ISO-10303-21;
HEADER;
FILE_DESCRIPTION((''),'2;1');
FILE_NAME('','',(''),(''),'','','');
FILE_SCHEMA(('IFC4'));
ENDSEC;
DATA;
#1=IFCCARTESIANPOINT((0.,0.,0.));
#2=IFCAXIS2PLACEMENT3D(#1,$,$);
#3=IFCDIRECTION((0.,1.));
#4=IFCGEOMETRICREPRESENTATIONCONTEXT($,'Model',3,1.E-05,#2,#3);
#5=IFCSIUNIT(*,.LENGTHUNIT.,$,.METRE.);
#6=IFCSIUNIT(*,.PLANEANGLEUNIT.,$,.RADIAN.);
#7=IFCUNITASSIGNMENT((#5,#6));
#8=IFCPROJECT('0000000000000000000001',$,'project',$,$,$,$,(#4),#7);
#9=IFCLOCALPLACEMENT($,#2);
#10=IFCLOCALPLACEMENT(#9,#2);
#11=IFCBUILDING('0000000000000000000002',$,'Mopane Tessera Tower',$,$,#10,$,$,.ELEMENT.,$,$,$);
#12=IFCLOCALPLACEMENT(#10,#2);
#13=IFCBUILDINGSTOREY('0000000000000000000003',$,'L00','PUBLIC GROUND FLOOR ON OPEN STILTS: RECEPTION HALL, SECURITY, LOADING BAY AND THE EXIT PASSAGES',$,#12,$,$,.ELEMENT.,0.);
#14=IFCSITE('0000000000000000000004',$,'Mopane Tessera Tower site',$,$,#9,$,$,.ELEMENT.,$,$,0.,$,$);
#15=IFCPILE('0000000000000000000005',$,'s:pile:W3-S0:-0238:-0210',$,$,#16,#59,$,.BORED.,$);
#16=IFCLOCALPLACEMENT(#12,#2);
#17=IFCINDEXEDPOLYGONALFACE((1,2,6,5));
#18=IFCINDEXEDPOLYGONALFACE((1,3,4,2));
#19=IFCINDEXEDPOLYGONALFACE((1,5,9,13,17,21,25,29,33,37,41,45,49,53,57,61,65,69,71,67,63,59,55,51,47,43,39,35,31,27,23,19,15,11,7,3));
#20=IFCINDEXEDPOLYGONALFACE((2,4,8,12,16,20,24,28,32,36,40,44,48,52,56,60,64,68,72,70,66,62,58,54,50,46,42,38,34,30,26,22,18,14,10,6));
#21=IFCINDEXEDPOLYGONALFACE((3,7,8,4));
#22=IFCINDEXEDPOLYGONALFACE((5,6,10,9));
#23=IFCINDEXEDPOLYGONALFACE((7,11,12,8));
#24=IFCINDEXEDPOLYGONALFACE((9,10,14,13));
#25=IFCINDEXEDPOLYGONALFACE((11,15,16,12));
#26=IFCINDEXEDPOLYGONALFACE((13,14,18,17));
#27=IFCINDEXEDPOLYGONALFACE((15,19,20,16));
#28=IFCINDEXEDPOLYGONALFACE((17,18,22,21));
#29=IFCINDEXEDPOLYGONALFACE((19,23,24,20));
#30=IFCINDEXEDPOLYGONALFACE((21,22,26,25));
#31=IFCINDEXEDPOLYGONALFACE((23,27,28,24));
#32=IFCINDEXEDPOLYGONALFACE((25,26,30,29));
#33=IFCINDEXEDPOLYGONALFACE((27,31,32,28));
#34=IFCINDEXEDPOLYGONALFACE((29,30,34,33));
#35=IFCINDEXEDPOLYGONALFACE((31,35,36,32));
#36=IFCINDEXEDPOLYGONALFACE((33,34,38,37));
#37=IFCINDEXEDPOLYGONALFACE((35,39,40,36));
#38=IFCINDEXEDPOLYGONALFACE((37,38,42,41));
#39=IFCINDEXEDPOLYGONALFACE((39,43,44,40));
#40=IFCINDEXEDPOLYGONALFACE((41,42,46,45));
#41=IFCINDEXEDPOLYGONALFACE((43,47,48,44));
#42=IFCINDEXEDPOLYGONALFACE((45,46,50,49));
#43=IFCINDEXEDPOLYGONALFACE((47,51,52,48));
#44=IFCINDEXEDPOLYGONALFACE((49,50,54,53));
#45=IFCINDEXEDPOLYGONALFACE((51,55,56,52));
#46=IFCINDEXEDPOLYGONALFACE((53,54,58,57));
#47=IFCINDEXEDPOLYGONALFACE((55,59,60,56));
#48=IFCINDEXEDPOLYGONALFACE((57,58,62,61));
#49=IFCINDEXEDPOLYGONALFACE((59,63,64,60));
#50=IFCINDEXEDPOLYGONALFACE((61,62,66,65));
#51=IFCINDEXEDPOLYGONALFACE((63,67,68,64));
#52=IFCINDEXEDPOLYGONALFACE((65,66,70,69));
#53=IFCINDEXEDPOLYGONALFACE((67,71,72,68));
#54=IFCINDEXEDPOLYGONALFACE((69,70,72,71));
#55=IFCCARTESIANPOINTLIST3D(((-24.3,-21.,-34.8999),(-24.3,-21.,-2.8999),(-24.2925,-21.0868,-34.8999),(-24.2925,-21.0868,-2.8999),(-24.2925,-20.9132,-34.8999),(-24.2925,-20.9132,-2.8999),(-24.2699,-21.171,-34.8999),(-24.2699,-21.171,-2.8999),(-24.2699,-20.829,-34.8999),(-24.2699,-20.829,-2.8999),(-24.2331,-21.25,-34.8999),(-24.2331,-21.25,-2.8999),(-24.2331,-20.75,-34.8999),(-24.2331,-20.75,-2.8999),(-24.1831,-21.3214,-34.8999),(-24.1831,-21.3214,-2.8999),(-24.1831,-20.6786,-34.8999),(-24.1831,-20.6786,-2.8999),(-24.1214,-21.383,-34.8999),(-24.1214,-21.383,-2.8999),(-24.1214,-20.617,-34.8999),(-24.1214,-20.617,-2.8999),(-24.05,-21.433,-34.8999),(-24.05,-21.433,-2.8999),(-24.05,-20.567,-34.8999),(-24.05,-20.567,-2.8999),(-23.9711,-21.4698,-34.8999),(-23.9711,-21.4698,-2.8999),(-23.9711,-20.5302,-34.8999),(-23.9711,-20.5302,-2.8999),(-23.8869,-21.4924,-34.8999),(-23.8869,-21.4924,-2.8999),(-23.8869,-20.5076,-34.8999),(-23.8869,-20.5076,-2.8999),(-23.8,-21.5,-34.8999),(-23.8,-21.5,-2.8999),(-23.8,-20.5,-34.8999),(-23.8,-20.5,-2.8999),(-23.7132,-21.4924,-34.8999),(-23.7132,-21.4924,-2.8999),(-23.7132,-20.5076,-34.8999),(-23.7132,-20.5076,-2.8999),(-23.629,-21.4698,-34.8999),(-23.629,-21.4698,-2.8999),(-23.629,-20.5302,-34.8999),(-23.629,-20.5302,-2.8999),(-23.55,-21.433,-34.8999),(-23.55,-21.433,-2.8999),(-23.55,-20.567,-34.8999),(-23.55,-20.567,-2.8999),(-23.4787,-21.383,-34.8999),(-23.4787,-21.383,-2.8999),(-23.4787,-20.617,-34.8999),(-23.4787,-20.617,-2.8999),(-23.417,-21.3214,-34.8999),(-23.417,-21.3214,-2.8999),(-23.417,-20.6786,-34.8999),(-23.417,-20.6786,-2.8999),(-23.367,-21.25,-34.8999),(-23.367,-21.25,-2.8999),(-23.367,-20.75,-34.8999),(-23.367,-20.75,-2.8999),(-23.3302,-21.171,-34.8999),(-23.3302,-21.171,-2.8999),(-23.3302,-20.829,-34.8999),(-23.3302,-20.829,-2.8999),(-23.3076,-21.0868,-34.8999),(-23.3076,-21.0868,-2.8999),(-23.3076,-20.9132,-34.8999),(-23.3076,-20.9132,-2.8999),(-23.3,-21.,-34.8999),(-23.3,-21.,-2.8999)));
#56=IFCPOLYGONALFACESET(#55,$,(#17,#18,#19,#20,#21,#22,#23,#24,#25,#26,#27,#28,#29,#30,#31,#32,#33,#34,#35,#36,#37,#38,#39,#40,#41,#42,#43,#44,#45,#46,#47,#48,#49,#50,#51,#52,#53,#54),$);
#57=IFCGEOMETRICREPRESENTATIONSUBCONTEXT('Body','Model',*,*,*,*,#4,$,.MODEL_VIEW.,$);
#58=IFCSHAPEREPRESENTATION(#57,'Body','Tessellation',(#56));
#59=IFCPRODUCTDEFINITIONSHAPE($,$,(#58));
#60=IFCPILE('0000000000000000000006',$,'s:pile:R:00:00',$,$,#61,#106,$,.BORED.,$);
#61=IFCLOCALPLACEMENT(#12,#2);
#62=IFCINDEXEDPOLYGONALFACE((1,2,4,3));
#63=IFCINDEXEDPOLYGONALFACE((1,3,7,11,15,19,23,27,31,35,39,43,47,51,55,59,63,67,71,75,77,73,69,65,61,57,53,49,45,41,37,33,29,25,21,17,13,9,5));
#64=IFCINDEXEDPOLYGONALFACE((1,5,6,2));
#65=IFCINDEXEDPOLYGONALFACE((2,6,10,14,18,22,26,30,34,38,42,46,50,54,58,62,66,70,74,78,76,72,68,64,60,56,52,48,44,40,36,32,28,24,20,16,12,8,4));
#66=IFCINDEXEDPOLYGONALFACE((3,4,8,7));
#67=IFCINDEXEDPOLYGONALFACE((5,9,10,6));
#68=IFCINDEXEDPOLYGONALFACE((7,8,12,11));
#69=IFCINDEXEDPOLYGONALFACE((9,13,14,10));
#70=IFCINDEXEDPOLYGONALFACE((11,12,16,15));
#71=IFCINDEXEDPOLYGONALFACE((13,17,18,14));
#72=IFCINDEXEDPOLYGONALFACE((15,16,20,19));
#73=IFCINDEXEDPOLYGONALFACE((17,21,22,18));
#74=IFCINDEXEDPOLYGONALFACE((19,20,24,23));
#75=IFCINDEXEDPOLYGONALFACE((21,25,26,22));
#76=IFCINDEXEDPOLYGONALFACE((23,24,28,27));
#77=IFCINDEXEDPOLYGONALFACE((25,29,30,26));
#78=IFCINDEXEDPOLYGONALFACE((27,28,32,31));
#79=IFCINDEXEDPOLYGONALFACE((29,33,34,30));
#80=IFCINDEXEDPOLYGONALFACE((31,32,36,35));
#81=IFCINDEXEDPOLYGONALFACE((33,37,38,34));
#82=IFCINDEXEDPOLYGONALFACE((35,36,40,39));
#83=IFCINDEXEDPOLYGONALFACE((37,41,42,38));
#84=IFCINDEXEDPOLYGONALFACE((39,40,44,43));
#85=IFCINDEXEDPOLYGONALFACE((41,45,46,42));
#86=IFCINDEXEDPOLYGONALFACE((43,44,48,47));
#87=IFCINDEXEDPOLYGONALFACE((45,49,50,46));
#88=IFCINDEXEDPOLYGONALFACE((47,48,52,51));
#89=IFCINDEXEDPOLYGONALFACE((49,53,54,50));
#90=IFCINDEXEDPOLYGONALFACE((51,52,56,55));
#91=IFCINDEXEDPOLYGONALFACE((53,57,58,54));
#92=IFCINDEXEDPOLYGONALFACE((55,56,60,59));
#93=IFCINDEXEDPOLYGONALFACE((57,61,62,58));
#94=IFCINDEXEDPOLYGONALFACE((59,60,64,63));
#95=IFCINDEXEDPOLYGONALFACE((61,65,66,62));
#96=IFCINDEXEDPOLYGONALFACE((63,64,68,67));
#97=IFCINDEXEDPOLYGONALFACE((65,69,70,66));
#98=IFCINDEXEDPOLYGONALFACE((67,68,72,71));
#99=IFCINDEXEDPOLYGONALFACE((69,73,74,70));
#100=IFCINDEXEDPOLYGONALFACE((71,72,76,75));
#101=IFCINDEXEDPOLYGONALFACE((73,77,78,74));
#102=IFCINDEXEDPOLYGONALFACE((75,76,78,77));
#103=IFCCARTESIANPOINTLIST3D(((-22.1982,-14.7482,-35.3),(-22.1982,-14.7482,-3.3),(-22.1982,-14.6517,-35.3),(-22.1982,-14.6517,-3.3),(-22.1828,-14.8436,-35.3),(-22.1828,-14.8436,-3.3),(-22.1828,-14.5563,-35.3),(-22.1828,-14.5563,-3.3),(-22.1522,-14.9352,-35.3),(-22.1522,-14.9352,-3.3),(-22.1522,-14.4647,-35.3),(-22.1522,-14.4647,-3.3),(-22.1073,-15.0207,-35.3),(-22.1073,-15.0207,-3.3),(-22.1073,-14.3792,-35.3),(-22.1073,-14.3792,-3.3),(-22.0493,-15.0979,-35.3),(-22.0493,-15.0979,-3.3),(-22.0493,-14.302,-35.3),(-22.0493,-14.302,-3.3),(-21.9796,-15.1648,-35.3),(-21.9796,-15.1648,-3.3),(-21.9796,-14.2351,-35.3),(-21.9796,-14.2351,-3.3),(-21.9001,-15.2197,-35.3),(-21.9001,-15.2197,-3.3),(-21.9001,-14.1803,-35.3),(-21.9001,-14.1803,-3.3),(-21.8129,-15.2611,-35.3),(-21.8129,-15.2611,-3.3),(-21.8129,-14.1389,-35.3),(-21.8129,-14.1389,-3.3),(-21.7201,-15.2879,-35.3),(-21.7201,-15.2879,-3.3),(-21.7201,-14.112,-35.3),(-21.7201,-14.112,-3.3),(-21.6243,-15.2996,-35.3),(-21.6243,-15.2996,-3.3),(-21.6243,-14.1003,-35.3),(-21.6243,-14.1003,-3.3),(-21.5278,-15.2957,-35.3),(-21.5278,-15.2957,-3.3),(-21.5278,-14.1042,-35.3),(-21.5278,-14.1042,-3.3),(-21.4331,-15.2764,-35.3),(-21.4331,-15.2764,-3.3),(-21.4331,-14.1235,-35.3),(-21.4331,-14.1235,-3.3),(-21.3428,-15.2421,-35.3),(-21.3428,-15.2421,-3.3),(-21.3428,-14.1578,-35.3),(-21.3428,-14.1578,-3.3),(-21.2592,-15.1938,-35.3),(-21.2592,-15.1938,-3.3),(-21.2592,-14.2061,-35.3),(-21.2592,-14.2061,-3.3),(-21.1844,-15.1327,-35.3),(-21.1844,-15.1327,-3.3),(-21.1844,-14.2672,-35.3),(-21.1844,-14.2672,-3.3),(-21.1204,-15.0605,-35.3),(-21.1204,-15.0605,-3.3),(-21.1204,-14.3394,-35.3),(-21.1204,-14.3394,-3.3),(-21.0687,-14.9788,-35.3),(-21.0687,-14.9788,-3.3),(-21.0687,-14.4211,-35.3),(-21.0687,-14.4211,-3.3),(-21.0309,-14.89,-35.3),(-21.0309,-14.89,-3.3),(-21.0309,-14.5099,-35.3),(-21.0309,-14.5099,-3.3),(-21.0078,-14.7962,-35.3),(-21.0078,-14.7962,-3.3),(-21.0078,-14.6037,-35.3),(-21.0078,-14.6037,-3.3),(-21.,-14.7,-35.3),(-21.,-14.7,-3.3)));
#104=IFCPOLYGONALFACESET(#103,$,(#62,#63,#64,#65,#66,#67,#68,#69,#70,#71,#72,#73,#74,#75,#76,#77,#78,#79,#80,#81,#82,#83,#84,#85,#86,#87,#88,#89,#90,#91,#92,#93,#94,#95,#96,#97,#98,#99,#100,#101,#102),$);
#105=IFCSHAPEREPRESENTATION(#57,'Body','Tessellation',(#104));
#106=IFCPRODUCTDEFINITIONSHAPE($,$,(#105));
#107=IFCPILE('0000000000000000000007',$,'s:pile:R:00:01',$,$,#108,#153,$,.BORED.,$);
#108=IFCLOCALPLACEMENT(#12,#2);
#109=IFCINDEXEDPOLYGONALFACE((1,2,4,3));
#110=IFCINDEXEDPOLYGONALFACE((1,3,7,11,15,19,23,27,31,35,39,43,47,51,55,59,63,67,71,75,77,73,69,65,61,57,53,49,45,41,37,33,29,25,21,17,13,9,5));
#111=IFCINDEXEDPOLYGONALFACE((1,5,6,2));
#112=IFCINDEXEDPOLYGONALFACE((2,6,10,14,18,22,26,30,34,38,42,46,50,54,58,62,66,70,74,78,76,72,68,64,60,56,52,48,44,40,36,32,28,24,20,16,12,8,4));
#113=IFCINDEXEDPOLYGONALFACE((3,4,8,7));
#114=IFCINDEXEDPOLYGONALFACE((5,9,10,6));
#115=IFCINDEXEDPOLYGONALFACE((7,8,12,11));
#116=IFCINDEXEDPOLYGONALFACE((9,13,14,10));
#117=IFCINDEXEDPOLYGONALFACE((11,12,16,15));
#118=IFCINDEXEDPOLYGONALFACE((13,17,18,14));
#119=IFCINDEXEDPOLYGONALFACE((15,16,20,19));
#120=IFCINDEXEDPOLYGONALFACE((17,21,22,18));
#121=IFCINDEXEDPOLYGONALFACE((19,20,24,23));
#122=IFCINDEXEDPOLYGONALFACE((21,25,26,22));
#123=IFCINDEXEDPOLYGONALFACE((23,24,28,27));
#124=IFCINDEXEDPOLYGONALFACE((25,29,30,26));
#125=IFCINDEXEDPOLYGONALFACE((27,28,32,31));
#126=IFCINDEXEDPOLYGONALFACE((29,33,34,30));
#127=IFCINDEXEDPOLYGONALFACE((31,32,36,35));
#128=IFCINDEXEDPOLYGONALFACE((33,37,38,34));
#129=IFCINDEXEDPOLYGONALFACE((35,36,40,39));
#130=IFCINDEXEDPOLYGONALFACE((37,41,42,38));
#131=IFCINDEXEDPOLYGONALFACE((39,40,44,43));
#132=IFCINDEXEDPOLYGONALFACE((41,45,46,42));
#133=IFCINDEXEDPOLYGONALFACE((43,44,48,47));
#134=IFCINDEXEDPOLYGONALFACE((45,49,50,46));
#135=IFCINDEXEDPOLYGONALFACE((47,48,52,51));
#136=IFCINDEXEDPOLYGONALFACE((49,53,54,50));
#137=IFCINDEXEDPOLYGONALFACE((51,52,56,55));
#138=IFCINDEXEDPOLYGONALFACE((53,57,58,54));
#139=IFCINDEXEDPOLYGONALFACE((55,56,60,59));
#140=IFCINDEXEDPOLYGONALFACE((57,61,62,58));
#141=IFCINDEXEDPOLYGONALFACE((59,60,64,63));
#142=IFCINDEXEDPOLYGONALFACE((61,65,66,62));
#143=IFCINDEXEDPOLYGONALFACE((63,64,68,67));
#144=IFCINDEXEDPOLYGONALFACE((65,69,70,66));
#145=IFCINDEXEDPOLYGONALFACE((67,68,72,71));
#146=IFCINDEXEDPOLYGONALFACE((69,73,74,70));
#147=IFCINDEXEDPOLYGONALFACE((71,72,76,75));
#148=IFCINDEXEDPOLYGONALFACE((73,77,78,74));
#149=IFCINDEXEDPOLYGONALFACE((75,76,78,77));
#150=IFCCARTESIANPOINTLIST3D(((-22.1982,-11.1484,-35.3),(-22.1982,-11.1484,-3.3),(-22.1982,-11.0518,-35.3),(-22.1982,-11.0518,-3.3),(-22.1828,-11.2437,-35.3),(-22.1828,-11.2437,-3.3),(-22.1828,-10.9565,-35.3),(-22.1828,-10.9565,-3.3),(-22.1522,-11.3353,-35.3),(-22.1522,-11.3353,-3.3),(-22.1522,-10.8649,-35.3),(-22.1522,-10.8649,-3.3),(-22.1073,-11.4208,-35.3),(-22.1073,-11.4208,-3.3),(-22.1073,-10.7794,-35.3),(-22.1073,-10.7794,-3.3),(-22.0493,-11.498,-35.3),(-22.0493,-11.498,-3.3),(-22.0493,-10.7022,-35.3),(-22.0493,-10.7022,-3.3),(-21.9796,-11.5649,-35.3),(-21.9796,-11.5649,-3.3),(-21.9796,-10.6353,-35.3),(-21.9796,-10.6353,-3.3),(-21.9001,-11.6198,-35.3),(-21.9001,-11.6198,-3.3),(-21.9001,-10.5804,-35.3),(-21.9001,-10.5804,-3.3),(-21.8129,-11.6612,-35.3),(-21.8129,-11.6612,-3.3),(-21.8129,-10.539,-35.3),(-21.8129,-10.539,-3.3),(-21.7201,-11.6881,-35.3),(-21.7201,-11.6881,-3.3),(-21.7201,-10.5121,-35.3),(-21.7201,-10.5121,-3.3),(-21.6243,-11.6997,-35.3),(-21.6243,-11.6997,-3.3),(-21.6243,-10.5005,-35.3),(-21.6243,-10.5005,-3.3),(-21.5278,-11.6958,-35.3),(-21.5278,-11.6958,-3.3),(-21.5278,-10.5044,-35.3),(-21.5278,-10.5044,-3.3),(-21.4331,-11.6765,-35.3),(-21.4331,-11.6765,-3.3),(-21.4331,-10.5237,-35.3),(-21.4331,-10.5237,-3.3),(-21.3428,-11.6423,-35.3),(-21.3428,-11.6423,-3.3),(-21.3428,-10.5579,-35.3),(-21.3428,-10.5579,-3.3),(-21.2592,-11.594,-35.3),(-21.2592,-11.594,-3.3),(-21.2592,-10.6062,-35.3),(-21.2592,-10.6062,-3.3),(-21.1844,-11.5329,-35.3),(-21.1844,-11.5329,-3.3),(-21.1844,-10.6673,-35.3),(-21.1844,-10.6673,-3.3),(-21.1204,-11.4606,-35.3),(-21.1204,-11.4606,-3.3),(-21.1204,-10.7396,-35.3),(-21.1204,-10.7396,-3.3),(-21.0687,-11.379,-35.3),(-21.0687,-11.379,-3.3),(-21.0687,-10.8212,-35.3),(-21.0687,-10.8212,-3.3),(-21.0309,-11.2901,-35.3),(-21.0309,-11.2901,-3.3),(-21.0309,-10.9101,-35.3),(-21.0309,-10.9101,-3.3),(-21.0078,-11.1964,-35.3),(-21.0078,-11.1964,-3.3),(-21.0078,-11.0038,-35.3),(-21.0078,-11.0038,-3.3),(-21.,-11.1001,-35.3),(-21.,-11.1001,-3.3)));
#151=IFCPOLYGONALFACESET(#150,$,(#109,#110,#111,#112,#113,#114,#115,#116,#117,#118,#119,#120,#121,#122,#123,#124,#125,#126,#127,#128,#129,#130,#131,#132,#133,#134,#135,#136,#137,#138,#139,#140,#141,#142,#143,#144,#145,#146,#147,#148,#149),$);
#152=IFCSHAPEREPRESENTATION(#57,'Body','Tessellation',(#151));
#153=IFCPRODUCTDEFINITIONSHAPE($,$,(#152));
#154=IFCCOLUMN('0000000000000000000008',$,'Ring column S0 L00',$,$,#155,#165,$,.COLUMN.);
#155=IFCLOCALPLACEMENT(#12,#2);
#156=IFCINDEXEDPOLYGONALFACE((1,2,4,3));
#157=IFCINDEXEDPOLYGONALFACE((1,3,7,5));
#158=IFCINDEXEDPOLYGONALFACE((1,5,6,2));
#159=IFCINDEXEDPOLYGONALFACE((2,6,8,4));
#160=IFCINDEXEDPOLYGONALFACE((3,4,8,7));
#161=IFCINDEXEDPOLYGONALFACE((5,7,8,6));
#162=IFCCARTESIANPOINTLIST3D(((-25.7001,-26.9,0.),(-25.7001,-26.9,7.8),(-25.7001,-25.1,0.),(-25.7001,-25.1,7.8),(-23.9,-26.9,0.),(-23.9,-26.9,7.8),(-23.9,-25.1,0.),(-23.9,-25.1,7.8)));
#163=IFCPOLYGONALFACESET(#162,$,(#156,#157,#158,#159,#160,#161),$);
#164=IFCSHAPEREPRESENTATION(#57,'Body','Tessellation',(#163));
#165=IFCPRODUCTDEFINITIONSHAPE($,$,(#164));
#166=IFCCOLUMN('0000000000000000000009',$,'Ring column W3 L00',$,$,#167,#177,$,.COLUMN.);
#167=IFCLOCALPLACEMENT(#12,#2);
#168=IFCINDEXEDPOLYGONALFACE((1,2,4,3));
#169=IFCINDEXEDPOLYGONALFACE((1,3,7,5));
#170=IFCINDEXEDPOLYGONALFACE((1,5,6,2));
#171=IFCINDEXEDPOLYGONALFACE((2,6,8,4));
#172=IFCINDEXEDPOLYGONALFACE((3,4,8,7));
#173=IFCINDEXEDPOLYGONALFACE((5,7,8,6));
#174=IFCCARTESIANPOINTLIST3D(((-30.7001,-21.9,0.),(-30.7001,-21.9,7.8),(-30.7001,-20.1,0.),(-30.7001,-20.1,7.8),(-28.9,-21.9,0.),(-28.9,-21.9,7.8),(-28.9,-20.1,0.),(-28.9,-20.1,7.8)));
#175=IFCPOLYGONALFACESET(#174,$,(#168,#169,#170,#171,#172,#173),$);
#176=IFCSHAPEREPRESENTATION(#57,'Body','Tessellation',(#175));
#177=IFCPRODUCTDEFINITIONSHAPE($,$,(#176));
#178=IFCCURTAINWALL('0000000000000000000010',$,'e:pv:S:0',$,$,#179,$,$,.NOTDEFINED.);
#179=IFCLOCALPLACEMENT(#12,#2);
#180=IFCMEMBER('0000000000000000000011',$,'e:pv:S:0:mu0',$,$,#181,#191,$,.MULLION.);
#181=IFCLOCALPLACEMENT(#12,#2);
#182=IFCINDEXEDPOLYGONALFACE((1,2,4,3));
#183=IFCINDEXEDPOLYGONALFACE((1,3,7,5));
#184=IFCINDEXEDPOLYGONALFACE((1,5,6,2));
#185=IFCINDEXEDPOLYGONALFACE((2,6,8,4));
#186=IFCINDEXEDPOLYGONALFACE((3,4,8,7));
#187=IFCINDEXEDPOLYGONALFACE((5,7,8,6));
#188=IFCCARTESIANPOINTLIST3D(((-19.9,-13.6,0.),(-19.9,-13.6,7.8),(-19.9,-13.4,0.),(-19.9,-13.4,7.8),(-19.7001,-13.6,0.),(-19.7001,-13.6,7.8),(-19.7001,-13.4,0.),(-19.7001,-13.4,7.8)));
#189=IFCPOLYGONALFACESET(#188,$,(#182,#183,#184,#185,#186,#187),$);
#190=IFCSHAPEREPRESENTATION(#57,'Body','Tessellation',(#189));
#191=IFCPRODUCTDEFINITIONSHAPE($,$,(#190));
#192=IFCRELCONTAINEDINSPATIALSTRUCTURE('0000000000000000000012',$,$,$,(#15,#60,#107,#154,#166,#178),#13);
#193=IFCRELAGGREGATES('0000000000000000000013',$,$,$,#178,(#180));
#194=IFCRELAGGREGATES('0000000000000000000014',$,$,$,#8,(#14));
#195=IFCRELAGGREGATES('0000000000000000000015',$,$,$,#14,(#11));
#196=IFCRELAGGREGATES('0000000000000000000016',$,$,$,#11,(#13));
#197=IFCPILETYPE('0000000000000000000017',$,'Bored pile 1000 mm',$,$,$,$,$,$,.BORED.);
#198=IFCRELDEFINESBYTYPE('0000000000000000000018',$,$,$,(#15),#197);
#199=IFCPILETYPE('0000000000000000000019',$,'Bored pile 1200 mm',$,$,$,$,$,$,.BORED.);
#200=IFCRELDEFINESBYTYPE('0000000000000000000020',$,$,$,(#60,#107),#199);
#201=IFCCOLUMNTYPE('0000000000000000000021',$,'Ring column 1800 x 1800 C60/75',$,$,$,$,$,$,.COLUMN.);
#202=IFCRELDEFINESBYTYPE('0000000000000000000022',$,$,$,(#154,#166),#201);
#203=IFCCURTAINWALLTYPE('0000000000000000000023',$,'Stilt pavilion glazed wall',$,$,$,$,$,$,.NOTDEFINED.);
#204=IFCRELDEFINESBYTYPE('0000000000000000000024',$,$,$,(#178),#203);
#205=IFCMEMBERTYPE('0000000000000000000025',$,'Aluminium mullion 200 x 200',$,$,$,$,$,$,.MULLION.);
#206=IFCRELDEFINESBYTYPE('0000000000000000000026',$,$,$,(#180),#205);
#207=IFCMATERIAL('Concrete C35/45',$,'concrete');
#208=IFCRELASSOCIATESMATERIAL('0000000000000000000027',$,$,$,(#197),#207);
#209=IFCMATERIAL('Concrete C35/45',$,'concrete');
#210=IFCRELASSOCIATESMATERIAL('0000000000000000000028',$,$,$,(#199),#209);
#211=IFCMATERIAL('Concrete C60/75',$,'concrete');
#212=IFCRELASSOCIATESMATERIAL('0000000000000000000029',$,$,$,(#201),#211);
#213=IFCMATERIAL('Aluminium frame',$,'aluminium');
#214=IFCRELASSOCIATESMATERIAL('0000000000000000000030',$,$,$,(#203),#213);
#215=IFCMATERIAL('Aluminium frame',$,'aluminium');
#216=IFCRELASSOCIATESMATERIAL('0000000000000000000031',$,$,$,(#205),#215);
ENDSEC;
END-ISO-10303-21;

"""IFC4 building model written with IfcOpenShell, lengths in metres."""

from ifc_helpers import new_model, si_unit, direction, frame, origin, origin_2d, place, context, subcontext, project, spatial, rectangle, circle, extrude, material, material_profile, profile_set, type_object, element, aggregate, save


model = new_model("IFC4")

# Units and contexts
model_context = context("Model", 3, precision=1e-05, world=origin(), true_north=direction((0.0, 1.0)))
body_context = subcontext(model_context, "Body", "Model", "MODEL_VIEW")
ifc_project = project(units=[si_unit("LENGTHUNIT", "METRE"), si_unit("PLANEANGLEUNIT", "RADIAN")], contexts=[model_context])

# Site, building, storey
site_placement = place(None, origin())
site = spatial("IfcSite", under=ifc_project, at=site_placement, Name="Mopane Tessera Tower site", CompositionType="ELEMENT", RefElevation=0.0)
building_placement = place(site_placement, origin())
building = spatial("IfcBuilding", under=site, at=building_placement, Name="Mopane Tessera Tower", CompositionType="ELEMENT")
storey_placement = place(building_placement, origin())
storey = spatial("IfcBuildingStorey", under=building, at=storey_placement, Name="L00", Description="PUBLIC GROUND FLOOR ON OPEN STILTS: RECEPTION HALL, SECURITY, LOADING BAY AND THE EXIT PASSAGES", CompositionType="ELEMENT", Elevation=0.0)

# Piles
ifc_material_1 = material(Name="Concrete C35/45", Category="concrete")
ifc_material_profile_1 = material_profile(ifc_material_1, circle(Radius=0.5, at=origin_2d()))
ifc_profile_set_1 = profile_set([ifc_material_profile_1], Name="Concrete C35/45")
pile_type_1 = type_object("IfcPileType", Name="Bored pile 1000 mm", PredefinedType="BORED", material=ifc_profile_set_1)
for number, where, z_axis, x_axis, name in (
    (1, (-23.8, -21.0, -2.8999), (0.0, 0.0, -1.0), (1.0, 0.0, 0.0), "s:pile:W3-S0:-0238:-0210"),
):
    element("IfcPile", number, at=place(storey_placement, frame(where, z_axis=z_axis, x_axis=x_axis)), inside=storey, type_object=pile_type_1, Name=name, PredefinedType="BORED", context=body_context, shape_type="SweptSolid", body=[
        extrude(circle(Radius=0.5, at=origin_2d()), origin(), (0.0, 0.0, 1.0), 32.0),
    ])
ifc_material_2 = material(Name="Concrete C35/45", Category="concrete")
ifc_material_profile_2 = material_profile(ifc_material_2, circle(Radius=0.6001, at=origin_2d()))
ifc_profile_set_2 = profile_set([ifc_material_profile_2], Name="Concrete C35/45")
pile_type_2 = type_object("IfcPileType", Name="Bored pile 1200 mm", PredefinedType="BORED", material=ifc_profile_set_2)
for number, where, z_axis, x_axis, name in (
    (2, (-21.6001, -14.7, -3.3), (0.0, 0.0, -1.0), (1.0, 0.0, 0.0), "s:pile:R:00:00"),
    (3, (-21.6001, -11.1001, -3.3), (0.0, 0.0, -1.0), (1.0, 0.0, 0.0), "s:pile:R:00:01"),
):
    element("IfcPile", number, at=place(storey_placement, frame(where, z_axis=z_axis, x_axis=x_axis)), inside=storey, type_object=pile_type_2, Name=name, PredefinedType="BORED", context=body_context, shape_type="SweptSolid", body=[
        extrude(circle(Radius=0.6001, at=origin_2d()), origin(), (0.0, 0.0, 1.0), 32.0),
    ])

# Columns
ifc_material_3 = material(Name="Concrete C60/75", Category="concrete")
ifc_material_profile_3 = material_profile(ifc_material_3, rectangle(XDim=1.8, YDim=1.8, at=origin_2d()))
ifc_profile_set_3 = profile_set([ifc_material_profile_3], Name="Concrete C60/75")
column_type = type_object("IfcColumnType", Name="Ring column 1800 x 1800 C60/75", PredefinedType="COLUMN", material=ifc_profile_set_3)
for number, where, z_axis, x_axis, name in (
    (4, (-24.8, -26.0, 0.0), (0.0, 0.0, 1.0), (1.0, 0.0, 0.0), "Ring column S0 L00"),
    (5, (-29.8, -21.0, 0.0), (0.0, 0.0, 1.0), (1.0, 0.0, 0.0), "Ring column W3 L00"),
):
    element("IfcColumn", number, at=place(storey_placement, frame(where, z_axis=z_axis, x_axis=x_axis)), inside=storey, type_object=column_type, Name=name, PredefinedType="COLUMN", context=body_context, shape_type="SweptSolid", body=[
        extrude(rectangle(XDim=1.8, YDim=1.8, at=origin_2d()), origin(), (0.0, 0.0, 1.0), 7.8),
    ])

# Curtain wall, member
ifc_material_4 = material(Name="Aluminium frame", Category="aluminium")
curtain_wall_type = type_object("IfcCurtainWallType", Name="Stilt pavilion glazed wall", PredefinedType="NOTDEFINED", material=ifc_material_4)
curtain_wall_placement = place(storey_placement, origin())
curtain_wall = element("IfcCurtainWall", 6, at=curtain_wall_placement, inside=storey, type_object=curtain_wall_type, Name="e:pv:S:0", PredefinedType="NOTDEFINED")
ifc_material_5 = material(Name="Aluminium frame", Category="aluminium")
ifc_material_profile_4 = material_profile(ifc_material_5, rectangle(XDim=0.2, YDim=0.2, at=origin_2d()))
ifc_profile_set_4 = profile_set([ifc_material_profile_4], Name="Aluminium frame")
member_type = type_object("IfcMemberType", Name="Aluminium mullion 200 x 200", PredefinedType="MULLION", material=ifc_profile_set_4)
member_placement = place(storey_placement, frame((-19.8, -13.5, 0.0), z_axis=(0.0, 0.0, 1.0), x_axis=(1.0, 0.0, 0.0)))
member = element("IfcMember", 7, at=member_placement, type_object=member_type, Name="e:pv:S:0:mu0", PredefinedType="MULLION", context=body_context, shape_type="SweptSolid", body=[
    extrude(rectangle(XDim=0.2, YDim=0.2, at=origin_2d()), origin(), (0.0, 0.0, 1.0), 7.8),
])
aggregate(curtain_wall, [member])

save(model, "model.ifc")
